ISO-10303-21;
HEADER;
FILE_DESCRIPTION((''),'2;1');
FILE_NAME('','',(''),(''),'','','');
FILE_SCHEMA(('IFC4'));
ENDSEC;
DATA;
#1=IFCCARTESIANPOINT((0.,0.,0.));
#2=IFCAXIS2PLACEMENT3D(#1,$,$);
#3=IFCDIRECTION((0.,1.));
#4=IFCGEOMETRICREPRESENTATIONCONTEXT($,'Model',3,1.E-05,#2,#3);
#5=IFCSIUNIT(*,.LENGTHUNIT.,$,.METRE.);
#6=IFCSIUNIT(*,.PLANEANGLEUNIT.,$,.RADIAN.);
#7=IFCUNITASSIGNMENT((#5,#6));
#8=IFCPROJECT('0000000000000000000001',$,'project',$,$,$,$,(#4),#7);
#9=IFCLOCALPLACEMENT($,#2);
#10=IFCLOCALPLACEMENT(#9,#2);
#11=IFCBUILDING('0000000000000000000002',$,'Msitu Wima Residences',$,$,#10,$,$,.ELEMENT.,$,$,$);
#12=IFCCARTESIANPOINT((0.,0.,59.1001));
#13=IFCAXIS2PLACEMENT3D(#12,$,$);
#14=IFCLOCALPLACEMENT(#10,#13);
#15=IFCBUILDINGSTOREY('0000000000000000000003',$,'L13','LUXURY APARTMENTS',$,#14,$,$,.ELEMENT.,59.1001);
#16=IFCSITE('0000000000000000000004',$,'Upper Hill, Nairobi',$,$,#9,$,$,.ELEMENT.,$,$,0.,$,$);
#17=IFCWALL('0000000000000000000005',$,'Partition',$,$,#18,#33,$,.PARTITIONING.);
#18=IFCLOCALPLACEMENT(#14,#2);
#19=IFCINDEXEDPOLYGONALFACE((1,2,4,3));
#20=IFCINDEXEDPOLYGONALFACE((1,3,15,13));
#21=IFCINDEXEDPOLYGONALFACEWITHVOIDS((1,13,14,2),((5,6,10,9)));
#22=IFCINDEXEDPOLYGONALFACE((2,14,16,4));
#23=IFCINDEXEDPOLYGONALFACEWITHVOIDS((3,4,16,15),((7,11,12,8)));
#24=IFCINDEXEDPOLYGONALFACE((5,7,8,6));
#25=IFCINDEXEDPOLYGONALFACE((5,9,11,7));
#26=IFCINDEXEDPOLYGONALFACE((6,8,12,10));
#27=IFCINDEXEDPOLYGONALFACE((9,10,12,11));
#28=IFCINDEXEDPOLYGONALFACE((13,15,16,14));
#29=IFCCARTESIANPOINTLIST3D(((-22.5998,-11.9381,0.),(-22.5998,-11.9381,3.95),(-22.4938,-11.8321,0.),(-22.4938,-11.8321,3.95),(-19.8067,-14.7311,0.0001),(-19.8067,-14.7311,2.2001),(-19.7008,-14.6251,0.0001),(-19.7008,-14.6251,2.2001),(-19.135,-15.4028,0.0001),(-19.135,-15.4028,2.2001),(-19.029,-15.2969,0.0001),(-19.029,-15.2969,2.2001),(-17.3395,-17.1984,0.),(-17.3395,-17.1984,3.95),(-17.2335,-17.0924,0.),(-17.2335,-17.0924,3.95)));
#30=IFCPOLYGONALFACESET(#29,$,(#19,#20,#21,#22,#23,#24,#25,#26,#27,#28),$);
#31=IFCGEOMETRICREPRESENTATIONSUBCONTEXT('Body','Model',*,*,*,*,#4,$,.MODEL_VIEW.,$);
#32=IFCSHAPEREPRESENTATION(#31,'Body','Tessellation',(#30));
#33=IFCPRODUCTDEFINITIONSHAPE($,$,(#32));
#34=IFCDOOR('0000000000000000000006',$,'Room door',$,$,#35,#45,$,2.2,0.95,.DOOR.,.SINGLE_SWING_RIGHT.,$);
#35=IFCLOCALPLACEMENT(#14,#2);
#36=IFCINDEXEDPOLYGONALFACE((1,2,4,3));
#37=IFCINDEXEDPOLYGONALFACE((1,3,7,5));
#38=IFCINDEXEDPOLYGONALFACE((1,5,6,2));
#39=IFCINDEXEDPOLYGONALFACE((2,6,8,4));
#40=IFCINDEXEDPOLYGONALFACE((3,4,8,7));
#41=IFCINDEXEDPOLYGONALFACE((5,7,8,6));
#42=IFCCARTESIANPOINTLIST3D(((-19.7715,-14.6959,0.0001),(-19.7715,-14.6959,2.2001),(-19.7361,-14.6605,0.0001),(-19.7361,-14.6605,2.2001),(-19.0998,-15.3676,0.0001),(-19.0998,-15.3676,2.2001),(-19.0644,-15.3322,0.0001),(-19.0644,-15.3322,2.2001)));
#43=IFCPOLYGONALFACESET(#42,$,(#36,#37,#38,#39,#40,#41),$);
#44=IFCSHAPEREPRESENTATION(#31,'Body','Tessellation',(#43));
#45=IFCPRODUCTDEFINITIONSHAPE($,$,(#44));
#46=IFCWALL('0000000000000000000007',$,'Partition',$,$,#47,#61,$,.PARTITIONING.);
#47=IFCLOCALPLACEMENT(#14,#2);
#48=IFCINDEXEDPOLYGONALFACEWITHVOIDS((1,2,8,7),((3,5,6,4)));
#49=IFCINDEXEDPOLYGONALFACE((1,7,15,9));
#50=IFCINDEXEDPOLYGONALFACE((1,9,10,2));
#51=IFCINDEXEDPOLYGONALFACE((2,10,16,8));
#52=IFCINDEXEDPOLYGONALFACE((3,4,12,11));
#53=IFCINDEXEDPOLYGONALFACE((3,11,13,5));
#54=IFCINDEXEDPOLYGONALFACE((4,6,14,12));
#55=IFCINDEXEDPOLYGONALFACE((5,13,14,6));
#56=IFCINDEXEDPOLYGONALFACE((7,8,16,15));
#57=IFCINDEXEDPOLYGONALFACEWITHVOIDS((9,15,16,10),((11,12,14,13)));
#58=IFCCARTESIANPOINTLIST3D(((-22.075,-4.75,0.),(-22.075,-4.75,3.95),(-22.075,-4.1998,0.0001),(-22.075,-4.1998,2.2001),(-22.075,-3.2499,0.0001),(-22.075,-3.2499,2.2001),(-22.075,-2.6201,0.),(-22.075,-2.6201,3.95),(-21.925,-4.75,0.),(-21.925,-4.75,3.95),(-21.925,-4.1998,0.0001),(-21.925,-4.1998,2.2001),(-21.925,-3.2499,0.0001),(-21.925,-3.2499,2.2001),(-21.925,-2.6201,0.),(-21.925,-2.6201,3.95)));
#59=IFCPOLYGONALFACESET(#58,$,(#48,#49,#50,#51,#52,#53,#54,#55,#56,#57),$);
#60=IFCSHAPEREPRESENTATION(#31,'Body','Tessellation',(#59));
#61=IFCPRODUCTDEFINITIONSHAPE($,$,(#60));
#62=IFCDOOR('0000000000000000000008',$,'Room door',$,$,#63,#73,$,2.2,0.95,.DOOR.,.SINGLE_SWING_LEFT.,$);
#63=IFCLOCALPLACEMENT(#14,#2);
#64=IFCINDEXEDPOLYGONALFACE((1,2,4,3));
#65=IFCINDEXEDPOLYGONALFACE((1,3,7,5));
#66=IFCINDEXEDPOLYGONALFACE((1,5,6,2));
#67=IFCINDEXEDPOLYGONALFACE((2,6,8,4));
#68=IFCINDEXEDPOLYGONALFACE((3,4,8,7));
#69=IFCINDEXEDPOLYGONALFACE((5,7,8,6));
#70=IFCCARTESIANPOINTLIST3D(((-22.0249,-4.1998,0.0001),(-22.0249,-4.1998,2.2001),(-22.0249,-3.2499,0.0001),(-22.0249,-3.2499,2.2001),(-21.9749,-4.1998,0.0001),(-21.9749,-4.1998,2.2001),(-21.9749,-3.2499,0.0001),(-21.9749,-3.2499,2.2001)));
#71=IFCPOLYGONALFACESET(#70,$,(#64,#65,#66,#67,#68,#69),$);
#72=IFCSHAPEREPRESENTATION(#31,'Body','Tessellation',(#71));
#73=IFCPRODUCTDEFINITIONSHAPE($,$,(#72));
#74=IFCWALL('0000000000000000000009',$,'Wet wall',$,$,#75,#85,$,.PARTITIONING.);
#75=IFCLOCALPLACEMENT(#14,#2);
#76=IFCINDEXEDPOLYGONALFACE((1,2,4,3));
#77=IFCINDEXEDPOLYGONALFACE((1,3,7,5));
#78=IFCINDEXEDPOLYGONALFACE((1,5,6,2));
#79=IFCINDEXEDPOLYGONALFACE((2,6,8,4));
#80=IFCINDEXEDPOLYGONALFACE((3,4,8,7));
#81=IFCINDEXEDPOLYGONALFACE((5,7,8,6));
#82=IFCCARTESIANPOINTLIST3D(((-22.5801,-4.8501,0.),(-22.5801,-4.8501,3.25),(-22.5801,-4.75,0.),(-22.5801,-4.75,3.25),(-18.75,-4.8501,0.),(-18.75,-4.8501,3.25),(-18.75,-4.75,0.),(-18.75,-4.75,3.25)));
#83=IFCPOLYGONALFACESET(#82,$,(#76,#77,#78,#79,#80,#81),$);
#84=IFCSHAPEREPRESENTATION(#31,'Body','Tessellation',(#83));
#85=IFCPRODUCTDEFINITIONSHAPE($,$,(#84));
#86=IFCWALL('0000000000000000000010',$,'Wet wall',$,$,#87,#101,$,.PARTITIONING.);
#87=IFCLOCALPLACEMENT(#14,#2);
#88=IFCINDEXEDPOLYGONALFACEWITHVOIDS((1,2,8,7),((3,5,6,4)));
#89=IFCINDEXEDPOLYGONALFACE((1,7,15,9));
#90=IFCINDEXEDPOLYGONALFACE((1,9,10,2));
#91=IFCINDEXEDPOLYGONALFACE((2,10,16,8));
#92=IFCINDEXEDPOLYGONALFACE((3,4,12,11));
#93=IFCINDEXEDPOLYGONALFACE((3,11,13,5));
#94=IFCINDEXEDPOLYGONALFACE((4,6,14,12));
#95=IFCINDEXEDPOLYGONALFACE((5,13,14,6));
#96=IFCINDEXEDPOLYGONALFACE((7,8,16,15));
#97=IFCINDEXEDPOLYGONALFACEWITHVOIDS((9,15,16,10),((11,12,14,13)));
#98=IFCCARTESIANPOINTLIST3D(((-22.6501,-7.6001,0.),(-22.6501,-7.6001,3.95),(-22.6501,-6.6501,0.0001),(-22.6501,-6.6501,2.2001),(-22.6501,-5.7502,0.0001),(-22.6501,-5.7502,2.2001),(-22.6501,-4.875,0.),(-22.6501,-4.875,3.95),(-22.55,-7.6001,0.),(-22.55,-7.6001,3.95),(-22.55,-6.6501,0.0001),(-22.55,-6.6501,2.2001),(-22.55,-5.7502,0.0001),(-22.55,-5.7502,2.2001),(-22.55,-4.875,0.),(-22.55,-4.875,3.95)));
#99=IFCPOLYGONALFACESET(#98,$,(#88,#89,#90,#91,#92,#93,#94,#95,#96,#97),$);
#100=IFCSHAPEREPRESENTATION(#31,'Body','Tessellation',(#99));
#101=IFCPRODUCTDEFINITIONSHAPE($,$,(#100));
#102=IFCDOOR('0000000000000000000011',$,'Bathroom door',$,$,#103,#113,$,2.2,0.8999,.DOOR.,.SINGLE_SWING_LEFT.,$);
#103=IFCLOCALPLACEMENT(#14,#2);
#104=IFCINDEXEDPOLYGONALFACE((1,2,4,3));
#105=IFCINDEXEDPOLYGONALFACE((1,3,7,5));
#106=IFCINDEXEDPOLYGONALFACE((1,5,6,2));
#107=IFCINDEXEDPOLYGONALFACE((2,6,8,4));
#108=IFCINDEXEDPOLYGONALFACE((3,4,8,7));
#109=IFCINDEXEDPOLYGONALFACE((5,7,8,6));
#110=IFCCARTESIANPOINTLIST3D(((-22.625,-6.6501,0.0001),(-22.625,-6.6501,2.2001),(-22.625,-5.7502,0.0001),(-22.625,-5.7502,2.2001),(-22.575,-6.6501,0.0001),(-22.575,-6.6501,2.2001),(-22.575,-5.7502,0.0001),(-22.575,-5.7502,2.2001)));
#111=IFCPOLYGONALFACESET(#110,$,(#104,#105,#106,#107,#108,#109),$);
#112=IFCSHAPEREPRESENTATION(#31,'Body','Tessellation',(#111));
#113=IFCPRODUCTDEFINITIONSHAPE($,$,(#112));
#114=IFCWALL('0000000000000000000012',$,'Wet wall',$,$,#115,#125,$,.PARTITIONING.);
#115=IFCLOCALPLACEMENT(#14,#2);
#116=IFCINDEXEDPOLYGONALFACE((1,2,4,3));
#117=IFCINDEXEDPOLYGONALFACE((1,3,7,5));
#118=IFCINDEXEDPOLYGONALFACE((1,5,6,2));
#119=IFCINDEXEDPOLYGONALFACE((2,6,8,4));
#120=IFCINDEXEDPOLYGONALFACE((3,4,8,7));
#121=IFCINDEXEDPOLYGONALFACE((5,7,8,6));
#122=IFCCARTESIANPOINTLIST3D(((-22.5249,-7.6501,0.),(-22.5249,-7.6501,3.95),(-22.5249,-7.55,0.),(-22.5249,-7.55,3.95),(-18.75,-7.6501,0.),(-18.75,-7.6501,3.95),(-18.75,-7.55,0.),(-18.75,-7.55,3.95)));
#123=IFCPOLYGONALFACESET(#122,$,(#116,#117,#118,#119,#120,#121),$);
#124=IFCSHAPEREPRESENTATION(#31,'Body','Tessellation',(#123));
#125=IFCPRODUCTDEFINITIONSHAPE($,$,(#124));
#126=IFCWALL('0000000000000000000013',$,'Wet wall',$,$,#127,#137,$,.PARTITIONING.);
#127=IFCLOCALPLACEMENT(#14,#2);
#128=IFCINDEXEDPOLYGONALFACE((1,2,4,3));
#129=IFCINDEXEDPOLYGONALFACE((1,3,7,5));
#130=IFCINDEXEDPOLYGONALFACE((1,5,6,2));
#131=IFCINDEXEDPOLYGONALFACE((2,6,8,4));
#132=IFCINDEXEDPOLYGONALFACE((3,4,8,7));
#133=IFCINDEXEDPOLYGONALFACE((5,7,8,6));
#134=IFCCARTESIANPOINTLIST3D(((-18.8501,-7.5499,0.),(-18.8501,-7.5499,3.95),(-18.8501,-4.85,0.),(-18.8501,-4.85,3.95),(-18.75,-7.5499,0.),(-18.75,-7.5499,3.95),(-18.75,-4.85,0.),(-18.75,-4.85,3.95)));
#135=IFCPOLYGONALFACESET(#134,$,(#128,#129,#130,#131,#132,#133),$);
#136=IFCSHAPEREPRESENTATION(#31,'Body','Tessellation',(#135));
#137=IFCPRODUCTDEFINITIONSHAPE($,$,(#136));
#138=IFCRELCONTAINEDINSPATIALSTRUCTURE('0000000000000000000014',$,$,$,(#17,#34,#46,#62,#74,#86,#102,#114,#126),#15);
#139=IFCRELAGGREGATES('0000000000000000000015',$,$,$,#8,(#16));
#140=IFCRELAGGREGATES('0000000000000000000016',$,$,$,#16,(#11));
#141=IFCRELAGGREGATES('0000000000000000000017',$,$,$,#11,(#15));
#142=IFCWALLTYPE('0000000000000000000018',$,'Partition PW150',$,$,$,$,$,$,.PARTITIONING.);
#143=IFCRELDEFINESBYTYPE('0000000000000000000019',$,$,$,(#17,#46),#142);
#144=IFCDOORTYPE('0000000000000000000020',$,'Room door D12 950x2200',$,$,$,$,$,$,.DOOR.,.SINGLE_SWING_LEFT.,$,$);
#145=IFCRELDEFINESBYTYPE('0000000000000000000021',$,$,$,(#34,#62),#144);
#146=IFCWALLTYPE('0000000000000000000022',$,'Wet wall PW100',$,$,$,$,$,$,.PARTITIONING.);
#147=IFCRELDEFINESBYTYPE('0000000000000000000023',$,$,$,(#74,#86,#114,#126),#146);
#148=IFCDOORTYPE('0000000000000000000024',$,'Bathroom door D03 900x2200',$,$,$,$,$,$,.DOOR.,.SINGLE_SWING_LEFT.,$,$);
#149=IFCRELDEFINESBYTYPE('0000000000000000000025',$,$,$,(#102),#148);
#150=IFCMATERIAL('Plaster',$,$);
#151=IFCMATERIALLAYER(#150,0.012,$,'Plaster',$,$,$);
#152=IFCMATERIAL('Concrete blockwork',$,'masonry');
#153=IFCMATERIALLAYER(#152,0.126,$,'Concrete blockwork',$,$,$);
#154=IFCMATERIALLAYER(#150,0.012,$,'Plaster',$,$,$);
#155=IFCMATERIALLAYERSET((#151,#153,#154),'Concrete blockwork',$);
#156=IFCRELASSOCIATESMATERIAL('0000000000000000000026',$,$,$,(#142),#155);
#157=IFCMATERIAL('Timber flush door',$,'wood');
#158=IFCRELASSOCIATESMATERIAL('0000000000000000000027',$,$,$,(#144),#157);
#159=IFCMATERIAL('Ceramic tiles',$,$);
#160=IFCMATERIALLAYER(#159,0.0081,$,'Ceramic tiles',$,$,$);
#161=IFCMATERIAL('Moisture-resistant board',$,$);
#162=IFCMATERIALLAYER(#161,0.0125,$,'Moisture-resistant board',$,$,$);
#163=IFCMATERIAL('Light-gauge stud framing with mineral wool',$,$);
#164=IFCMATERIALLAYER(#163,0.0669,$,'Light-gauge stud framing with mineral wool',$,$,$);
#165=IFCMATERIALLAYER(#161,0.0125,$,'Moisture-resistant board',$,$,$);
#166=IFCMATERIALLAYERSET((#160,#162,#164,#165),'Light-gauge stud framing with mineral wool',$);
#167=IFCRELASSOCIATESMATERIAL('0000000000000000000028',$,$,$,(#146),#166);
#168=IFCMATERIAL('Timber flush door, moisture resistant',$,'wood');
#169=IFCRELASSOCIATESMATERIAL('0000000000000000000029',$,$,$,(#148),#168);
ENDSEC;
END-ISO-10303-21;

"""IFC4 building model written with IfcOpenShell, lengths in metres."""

from ifc_helpers import new_model, si_unit, direction, frame, frame_2d, origin, place, context, subcontext, project, spatial, rectangle, extrude, material, layer, layer_set, type_object, element, fill, save


model = new_model("IFC4")

# Units and contexts
model_context = context("Model", 3, precision=1e-05, world=origin(), true_north=direction((0.0, 1.0)))
body_context = subcontext(model_context, "Body", "Model", "MODEL_VIEW")
ifc_project = project(units=[si_unit("LENGTHUNIT", "METRE"), si_unit("PLANEANGLEUNIT", "RADIAN")], contexts=[model_context])

# Site, building, storey
site_placement = place(None, origin())
site = spatial("IfcSite", under=ifc_project, at=site_placement, Name="Upper Hill, Nairobi", CompositionType="ELEMENT", RefElevation=0.0)
building_placement = place(site_placement, origin())
building = spatial("IfcBuilding", under=site, at=building_placement, Name="Msitu Wima Residences", CompositionType="ELEMENT")
storey_placement = place(building_placement, frame((0.0, 0.0, 59.1001)))
storey = spatial("IfcBuildingStorey", under=building, at=storey_placement, Name="L13", Description="LUXURY APARTMENTS", CompositionType="ELEMENT", Elevation=59.1001)

# Shared definitions
ifc_material_1 = material(Name="Plaster")
ifc_material_2 = material(Name="Concrete blockwork", Category="masonry")

# Shared definitions
ifc_layer_1 = layer(ifc_material_1, 0.012, Name="Plaster")
ifc_layer_2 = layer(ifc_material_2, 0.126, Name="Concrete blockwork")
ifc_layer_3 = layer(ifc_material_1, 0.012, Name="Plaster")
ifc_layer_set_1 = layer_set([ifc_layer_1, ifc_layer_2, ifc_layer_3], Name="Concrete blockwork")
wall_type_1 = type_object("IfcWallType", Name="Partition PW150", PredefinedType="PARTITIONING", material=ifc_layer_set_1)

# Shared definitions
ifc_material_3 = material(Name="Timber flush door", Category="wood")
door_type_1 = type_object("IfcDoorType", Name="Room door D12 950x2200", OperationType="SINGLE_SWING_LEFT", PredefinedType="DOOR", material=ifc_material_3)

# Walls, openings, doors
wall_1_placement = place(storey_placement, frame((-22.5469, -11.885, 0.0), z_axis=(0.0, 0.0, 1.0), x_axis=(0.707107, -0.707107, 0.0)))
wall_1 = element("IfcWall", 1, at=wall_1_placement, inside=storey, type_object=wall_type_1, Name="Partition", PredefinedType="PARTITIONING", context=body_context, shape_type="SweptSolid", body=[
    extrude(rectangle(XDim=7.4392, YDim=0.1499, at=frame_2d((3.7197, 0.0))), origin(), (0.0, 0.0, 1.0), 3.95),
])
opening_1_placement = place(wall_1_placement, frame((3.95, 0.0, 0.0)))
opening_1 = element("IfcOpeningElement", 2, at=opening_1_placement, cuts=wall_1, PredefinedType="OPENING", context=body_context, shape_type="SweptSolid", body=[
    extrude(rectangle(XDim=0.95, YDim=2.2, at=frame_2d((0.4751, 1.1001))), frame((0.0, 0.085, 0.0), z_axis=(0.0, -1.0, 0.0), x_axis=(1.0, 0.0, 0.0)), (0.0, 0.0, 1.0), 0.1699),
])
door_1_placement = place(opening_1_placement, origin())
door_1 = element("IfcDoor", 3, at=door_1_placement, inside=storey, type_object=door_type_1, Name="Room door", OperationType="SINGLE_SWING_RIGHT", OverallHeight=2.2, OverallWidth=0.95, PredefinedType="DOOR", context=body_context, shape_type="SweptSolid", body=[
    extrude(rectangle(XDim=0.95, YDim=2.2, at=frame_2d((0.4751, 1.1001))), frame((0.0, 0.0249, 0.0), z_axis=(0.0, -1.0, 0.0), x_axis=(1.0, 0.0, 0.0)), (0.0, 0.0, 1.0), 0.05),
])
fill(opening_1, door_1)
wall_2_placement = place(storey_placement, frame((-22.0, -4.75, 0.0), z_axis=(0.0, 0.0, 1.0), x_axis=(0.0, 1.0, 0.0)))
wall_2 = element("IfcWall", 4, at=wall_2_placement, inside=storey, type_object=wall_type_1, Name="Partition", PredefinedType="PARTITIONING", context=body_context, shape_type="SweptSolid", body=[
    extrude(rectangle(XDim=2.1299, YDim=0.1499, at=frame_2d((1.0649, 0.0))), origin(), (0.0, 0.0, 1.0), 3.95),
])
opening_2_placement = place(wall_2_placement, frame((0.55, 0.0, 0.0)))
opening_2 = element("IfcOpeningElement", 5, at=opening_2_placement, cuts=wall_2, PredefinedType="OPENING", context=body_context, shape_type="SweptSolid", body=[
    extrude(rectangle(XDim=0.95, YDim=2.2, at=frame_2d((0.4751, 1.1001))), frame((0.0, 0.085, 0.0), z_axis=(0.0, -1.0, 0.0), x_axis=(1.0, 0.0, 0.0)), (0.0, 0.0, 1.0), 0.1699),
])
door_2_placement = place(opening_2_placement, origin())
door_2 = element("IfcDoor", 6, at=door_2_placement, inside=storey, type_object=door_type_1, Name="Room door", OperationType="SINGLE_SWING_LEFT", OverallHeight=2.2, OverallWidth=0.95, PredefinedType="DOOR", context=body_context, shape_type="SweptSolid", body=[
    extrude(rectangle(XDim=0.95, YDim=2.2, at=frame_2d((0.4751, 1.1001))), frame((0.0, 0.0249, 0.0), z_axis=(0.0, -1.0, 0.0), x_axis=(1.0, 0.0, 0.0)), (0.0, 0.0, 1.0), 0.05),
])
fill(opening_2, door_2)

# Wall
ifc_material_4 = material(Name="Ceramic tiles")
ifc_layer_4 = layer(ifc_material_4, 0.0081, Name="Ceramic tiles")
ifc_material_5 = material(Name="Moisture-resistant board")
ifc_layer_5 = layer(ifc_material_5, 0.0125, Name="Moisture-resistant board")
ifc_material_6 = material(Name="Light-gauge stud framing with mineral wool")
ifc_layer_6 = layer(ifc_material_6, 0.0669, Name="Light-gauge stud framing with mineral wool")
ifc_layer_7 = layer(ifc_material_5, 0.0125, Name="Moisture-resistant board")
ifc_layer_set_2 = layer_set([ifc_layer_4, ifc_layer_5, ifc_layer_6, ifc_layer_7], Name="Light-gauge stud framing with mineral wool")
wall_type_2 = type_object("IfcWallType", Name="Wet wall PW100", PredefinedType="PARTITIONING", material=ifc_layer_set_2)
wall_3_placement = place(storey_placement, frame((-22.5801, -4.8, 0.0), z_axis=(0.0, 0.0, 1.0), x_axis=(1.0, 0.0, 0.0)))
element("IfcWall", 7, at=wall_3_placement, inside=storey, type_object=wall_type_2, Name="Wet wall", PredefinedType="PARTITIONING", context=body_context, shape_type="SweptSolid", body=[
    extrude(rectangle(XDim=3.8301, YDim=0.1001, at=frame_2d((1.915, 0.0))), origin(), (0.0, 0.0, 1.0), 3.25),
])

# Wall, opening, door
wall_4_placement = place(storey_placement, frame((-22.6001, -7.6001, 0.0), z_axis=(0.0, 0.0, 1.0), x_axis=(0.0, 1.0, 0.0)))
wall_4 = element("IfcWall", 8, at=wall_4_placement, inside=storey, type_object=wall_type_2, Name="Wet wall", PredefinedType="PARTITIONING", context=body_context, shape_type="SweptSolid", body=[
    extrude(rectangle(XDim=2.7251, YDim=0.1001, at=frame_2d((1.3625, 0.0))), origin(), (0.0, 0.0, 1.0), 3.95),
])
opening_3_placement = place(wall_4_placement, frame((0.95, 0.0, 0.0)))
opening_3 = element("IfcOpeningElement", 9, at=opening_3_placement, cuts=wall_4, PredefinedType="OPENING", context=body_context, shape_type="SweptSolid", body=[
    extrude(rectangle(XDim=0.8999, YDim=2.2, at=frame_2d((0.45, 1.1001))), frame((0.0, 0.0601, 0.0), z_axis=(0.0, -1.0, 0.0), x_axis=(1.0, 0.0, 0.0)), (0.0, 0.0, 1.0), 0.1201),
])
ifc_material_7 = material(Name="Timber flush door, moisture resistant", Category="wood")
door_type_2 = type_object("IfcDoorType", Name="Bathroom door D03 900x2200", OperationType="SINGLE_SWING_LEFT", PredefinedType="DOOR", material=ifc_material_7)
door_3_placement = place(opening_3_placement, origin())
door_3 = element("IfcDoor", 10, at=door_3_placement, inside=storey, type_object=door_type_2, Name="Bathroom door", OperationType="SINGLE_SWING_LEFT", OverallHeight=2.2, OverallWidth=0.8999, PredefinedType="DOOR", context=body_context, shape_type="SweptSolid", body=[
    extrude(rectangle(XDim=0.8999, YDim=2.2, at=frame_2d((0.45, 1.1001))), frame((0.0, 0.0249, 0.0), z_axis=(0.0, -1.0, 0.0), x_axis=(1.0, 0.0, 0.0)), (0.0, 0.0, 1.0), 0.05),
])
fill(opening_3, door_3)

# Walls
wall_5_placement = place(storey_placement, frame((-22.5249, -7.6001, 0.0), z_axis=(0.0, 0.0, 1.0), x_axis=(1.0, 0.0, 0.0)))
element("IfcWall", 11, at=wall_5_placement, inside=storey, type_object=wall_type_2, Name="Wet wall", PredefinedType="PARTITIONING", context=body_context, shape_type="SweptSolid", body=[
    extrude(rectangle(XDim=3.7749, YDim=0.1001, at=frame_2d((1.8875, 0.0))), origin(), (0.0, 0.0, 1.0), 3.95),
])
wall_6_placement = place(storey_placement, frame((-18.8, -7.55, 0.0), z_axis=(0.0, 0.0, 1.0), x_axis=(0.0, 1.0, 0.0)))
element("IfcWall", 12, at=wall_6_placement, inside=storey, type_object=wall_type_2, Name="Wet wall", PredefinedType="PARTITIONING", context=body_context, shape_type="SweptSolid", body=[
    extrude(rectangle(XDim=2.7, YDim=0.1001, at=frame_2d((1.3501, 0.0))), origin(), (0.0, 0.0, 1.0), 3.95),
])

save(model, "model.ifc")
